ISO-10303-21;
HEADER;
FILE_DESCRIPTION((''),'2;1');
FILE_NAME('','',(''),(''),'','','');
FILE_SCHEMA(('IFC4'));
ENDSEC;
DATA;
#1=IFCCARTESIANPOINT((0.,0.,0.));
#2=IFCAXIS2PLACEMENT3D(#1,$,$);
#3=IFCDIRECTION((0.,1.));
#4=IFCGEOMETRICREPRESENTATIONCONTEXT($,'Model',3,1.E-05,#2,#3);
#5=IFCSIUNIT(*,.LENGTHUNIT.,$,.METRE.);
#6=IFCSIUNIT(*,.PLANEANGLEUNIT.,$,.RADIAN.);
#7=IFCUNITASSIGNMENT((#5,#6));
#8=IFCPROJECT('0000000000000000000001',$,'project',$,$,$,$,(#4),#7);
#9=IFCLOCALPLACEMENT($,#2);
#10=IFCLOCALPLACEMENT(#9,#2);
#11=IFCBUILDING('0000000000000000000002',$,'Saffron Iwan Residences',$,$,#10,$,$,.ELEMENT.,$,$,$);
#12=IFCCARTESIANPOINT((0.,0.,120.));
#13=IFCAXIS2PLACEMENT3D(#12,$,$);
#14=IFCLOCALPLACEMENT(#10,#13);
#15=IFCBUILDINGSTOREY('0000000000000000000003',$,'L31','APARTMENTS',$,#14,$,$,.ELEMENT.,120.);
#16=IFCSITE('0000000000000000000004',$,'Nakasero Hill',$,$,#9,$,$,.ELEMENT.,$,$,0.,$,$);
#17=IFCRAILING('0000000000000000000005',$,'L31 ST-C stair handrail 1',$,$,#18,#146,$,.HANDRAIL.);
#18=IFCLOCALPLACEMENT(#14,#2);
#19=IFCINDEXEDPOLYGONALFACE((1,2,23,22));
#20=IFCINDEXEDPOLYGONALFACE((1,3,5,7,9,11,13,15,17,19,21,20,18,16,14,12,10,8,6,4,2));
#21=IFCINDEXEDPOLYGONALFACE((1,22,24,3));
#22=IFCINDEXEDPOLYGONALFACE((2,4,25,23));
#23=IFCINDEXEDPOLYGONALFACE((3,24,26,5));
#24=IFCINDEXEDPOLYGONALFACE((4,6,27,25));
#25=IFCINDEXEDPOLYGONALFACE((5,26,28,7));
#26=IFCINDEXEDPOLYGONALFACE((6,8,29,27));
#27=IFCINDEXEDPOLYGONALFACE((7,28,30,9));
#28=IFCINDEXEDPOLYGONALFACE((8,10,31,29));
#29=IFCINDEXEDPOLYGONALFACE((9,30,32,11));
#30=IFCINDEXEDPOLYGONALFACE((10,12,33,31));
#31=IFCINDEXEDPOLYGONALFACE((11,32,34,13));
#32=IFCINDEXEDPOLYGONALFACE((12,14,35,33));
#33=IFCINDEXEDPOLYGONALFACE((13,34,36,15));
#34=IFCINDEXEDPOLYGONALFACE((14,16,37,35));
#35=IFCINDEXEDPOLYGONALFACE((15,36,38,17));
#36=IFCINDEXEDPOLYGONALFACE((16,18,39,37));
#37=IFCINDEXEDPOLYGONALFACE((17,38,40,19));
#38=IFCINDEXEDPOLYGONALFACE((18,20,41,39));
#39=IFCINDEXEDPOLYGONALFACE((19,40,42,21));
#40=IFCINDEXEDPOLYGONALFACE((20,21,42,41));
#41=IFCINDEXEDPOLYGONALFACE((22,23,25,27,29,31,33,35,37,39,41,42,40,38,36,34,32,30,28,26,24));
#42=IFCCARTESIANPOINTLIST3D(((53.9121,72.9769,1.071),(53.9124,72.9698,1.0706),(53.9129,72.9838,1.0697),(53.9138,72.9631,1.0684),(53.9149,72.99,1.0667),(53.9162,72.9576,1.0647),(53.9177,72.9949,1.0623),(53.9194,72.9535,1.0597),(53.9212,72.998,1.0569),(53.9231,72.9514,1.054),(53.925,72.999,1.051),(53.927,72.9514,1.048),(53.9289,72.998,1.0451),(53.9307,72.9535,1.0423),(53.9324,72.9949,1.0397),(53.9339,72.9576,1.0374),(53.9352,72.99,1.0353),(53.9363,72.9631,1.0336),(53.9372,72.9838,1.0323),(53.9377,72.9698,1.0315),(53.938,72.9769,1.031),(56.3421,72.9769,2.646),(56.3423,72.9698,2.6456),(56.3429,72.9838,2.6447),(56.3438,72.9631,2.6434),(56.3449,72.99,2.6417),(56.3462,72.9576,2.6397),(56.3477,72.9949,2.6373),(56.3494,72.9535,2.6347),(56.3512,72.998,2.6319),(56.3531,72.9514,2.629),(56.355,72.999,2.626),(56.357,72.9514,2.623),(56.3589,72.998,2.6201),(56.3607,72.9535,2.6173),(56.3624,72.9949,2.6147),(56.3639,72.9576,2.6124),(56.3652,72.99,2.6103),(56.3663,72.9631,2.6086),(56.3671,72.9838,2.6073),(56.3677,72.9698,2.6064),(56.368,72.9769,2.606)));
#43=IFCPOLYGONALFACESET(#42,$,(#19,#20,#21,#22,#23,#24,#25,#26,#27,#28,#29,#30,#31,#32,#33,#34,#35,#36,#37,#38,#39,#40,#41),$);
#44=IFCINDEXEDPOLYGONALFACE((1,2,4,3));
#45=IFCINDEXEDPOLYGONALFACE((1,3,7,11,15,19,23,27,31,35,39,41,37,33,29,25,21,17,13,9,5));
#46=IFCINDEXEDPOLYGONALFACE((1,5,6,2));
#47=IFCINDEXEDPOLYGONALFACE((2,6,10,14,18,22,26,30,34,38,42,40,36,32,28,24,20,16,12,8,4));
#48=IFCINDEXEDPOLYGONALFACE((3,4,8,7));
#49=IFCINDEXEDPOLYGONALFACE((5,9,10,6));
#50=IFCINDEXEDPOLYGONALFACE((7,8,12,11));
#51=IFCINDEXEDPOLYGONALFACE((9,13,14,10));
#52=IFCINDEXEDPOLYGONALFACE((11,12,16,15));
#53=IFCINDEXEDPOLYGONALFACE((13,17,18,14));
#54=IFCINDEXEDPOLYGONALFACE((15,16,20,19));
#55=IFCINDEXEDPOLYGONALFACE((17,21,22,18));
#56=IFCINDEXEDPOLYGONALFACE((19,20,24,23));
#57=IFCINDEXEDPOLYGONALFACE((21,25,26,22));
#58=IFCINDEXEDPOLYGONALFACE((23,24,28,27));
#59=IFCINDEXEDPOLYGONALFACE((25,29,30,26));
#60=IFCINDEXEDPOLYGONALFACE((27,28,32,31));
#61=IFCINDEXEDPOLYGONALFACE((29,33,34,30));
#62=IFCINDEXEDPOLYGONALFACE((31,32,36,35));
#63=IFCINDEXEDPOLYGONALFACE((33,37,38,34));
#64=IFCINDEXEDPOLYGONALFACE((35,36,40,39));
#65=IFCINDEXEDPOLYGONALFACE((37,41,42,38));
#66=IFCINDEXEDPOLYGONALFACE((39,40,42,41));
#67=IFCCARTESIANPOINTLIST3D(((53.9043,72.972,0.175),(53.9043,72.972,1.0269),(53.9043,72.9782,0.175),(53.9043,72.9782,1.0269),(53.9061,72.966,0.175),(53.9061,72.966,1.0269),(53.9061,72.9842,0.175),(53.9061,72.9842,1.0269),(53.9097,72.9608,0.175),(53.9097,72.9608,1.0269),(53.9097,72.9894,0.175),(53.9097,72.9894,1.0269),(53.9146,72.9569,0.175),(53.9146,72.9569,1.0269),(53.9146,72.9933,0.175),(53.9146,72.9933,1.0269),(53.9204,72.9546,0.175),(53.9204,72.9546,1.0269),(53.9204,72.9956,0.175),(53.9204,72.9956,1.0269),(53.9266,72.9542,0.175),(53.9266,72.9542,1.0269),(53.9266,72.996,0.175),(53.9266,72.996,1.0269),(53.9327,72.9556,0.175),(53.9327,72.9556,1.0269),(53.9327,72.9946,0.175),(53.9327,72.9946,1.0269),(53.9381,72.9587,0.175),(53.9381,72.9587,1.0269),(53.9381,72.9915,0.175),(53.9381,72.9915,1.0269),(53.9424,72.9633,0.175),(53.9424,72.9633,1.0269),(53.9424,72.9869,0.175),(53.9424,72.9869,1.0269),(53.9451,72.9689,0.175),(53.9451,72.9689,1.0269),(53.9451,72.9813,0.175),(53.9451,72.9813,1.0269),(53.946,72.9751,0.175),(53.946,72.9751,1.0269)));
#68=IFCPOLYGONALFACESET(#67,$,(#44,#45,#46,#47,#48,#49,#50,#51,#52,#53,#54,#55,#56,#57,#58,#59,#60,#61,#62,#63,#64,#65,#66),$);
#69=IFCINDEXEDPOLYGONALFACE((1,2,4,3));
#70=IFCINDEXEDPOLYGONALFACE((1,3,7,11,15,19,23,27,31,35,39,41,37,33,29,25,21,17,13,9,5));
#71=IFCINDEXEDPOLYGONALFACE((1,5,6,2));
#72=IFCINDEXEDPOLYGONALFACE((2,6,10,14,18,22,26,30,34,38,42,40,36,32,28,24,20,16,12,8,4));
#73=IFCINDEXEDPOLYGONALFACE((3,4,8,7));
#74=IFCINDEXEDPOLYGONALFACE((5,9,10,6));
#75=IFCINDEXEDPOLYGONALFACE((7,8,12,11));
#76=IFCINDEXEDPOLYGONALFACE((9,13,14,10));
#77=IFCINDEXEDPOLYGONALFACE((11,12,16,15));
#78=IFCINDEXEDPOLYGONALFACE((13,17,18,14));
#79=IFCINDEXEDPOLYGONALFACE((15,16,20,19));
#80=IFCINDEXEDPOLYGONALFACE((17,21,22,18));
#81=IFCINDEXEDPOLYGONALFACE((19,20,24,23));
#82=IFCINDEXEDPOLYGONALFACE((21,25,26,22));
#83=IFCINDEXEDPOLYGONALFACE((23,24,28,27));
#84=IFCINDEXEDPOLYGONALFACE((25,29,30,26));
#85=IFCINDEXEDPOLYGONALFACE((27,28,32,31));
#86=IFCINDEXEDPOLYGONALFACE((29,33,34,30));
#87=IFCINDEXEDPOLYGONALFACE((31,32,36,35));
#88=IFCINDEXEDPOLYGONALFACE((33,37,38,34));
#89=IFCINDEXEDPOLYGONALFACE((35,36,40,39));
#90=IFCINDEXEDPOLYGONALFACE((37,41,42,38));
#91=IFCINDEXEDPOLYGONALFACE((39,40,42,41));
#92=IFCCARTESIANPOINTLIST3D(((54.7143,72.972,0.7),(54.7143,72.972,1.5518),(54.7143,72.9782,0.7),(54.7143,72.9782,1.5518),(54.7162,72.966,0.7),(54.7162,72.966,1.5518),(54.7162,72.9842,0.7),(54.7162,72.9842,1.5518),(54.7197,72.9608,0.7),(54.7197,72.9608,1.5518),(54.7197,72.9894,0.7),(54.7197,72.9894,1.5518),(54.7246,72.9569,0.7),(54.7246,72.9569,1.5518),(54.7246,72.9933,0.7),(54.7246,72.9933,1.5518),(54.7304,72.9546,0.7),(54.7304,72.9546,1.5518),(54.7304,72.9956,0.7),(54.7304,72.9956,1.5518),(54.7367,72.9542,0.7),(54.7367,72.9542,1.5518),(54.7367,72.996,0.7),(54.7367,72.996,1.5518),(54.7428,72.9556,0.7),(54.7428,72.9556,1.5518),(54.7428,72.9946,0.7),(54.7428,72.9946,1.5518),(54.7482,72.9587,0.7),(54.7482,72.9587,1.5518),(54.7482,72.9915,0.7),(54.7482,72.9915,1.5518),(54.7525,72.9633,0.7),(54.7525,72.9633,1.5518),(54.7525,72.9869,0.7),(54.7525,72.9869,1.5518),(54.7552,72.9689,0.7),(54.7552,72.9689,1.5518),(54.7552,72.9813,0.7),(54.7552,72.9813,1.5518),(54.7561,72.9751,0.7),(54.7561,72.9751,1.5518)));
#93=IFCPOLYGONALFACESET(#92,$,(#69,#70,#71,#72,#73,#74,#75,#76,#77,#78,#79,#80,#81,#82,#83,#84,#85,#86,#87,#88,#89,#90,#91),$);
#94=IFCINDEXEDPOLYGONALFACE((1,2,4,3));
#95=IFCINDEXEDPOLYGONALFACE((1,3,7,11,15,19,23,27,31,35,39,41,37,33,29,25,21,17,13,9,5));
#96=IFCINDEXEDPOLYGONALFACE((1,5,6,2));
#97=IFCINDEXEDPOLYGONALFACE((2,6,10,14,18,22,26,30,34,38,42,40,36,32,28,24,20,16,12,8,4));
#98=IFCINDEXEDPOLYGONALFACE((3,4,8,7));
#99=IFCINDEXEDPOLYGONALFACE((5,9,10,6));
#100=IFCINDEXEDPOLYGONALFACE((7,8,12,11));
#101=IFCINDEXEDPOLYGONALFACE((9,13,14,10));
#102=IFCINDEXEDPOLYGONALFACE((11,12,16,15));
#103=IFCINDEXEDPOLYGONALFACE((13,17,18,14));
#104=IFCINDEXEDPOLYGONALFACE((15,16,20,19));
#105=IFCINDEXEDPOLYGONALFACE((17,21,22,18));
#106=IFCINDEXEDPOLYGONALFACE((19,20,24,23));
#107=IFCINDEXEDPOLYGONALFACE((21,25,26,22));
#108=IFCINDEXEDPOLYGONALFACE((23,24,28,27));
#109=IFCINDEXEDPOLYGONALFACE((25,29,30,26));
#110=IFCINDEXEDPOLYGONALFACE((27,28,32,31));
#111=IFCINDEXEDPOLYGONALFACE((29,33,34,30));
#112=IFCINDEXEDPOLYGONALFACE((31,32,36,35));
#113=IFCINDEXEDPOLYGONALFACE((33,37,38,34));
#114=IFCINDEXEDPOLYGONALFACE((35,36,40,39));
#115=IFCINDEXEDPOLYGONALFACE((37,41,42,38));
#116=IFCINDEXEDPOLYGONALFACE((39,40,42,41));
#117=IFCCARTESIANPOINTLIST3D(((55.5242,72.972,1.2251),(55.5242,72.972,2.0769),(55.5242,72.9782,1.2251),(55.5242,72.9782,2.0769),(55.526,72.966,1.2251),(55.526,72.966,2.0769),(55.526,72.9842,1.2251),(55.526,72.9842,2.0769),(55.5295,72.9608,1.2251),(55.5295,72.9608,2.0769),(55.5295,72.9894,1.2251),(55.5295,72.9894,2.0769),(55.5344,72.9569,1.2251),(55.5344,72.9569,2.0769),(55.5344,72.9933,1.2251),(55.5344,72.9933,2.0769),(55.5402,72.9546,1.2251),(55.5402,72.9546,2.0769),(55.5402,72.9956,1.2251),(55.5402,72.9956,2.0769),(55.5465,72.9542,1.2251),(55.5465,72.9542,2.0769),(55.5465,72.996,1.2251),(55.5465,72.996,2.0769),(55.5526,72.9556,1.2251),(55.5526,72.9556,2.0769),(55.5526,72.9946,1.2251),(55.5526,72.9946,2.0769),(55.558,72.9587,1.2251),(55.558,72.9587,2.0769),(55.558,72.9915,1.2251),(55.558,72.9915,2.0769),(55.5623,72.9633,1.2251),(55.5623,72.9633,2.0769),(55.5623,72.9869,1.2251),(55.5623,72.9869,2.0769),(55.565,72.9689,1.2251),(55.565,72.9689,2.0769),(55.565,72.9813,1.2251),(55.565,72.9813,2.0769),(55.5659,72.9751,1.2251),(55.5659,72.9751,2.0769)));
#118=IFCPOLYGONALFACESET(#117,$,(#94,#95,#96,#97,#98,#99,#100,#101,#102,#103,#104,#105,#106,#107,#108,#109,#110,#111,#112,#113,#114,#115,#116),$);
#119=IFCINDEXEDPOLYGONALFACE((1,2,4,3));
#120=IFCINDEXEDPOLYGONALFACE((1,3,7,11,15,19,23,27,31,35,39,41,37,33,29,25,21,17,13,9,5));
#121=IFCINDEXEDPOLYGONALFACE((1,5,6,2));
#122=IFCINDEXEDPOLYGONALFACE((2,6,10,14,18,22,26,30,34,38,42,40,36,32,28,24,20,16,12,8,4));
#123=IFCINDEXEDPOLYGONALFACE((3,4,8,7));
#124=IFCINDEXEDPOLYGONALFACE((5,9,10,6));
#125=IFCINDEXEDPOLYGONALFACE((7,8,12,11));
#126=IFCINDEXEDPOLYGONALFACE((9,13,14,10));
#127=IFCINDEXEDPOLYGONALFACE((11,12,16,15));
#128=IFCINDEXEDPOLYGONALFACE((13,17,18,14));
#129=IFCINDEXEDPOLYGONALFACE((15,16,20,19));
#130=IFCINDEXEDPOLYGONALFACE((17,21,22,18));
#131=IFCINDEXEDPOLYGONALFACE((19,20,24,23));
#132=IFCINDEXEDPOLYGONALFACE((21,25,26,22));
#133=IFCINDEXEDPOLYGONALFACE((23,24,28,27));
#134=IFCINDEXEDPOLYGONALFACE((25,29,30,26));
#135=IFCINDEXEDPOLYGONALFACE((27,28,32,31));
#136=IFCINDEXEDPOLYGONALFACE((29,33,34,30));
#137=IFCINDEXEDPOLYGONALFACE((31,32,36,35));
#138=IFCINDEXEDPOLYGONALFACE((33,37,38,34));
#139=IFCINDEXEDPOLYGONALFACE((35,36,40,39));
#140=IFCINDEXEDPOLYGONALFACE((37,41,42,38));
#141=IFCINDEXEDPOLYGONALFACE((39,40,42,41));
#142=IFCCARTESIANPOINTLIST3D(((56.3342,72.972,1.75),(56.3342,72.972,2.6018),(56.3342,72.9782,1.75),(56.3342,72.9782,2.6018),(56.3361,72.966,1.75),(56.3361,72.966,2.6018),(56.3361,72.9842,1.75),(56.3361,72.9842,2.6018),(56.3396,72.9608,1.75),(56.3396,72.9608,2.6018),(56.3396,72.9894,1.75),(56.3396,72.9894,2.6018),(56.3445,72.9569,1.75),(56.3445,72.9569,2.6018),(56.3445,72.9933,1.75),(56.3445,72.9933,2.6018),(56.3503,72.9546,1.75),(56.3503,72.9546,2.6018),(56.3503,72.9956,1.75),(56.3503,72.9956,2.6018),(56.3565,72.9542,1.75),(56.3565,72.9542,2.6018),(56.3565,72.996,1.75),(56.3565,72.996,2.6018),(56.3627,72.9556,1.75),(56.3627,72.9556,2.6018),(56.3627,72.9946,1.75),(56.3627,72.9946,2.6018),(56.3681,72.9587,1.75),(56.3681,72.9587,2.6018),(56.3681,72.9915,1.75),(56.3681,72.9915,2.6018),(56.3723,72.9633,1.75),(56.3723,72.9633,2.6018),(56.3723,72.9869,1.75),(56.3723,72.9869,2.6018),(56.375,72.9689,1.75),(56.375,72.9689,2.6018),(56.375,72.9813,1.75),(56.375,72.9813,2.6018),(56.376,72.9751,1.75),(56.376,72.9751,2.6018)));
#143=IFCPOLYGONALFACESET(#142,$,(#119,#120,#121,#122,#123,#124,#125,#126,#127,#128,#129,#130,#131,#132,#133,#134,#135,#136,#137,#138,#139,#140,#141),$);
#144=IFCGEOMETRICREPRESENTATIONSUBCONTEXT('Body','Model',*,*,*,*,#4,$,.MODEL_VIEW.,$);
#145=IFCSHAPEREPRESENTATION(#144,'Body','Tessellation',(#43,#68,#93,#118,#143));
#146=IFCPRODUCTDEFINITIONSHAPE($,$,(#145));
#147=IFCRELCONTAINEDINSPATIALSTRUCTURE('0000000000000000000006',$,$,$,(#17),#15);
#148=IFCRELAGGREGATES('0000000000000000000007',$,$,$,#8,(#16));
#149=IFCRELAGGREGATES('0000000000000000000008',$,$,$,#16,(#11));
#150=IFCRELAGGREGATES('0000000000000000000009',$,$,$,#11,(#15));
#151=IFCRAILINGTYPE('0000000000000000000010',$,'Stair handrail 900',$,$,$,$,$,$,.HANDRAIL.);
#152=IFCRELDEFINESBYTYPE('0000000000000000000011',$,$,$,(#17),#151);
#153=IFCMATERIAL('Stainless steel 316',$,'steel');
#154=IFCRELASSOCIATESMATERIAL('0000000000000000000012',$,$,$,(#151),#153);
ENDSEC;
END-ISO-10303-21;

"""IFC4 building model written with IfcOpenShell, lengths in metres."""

from ifc_helpers import new_model, si_unit, direction, frame, origin, origin_2d, place, context, subcontext, project, spatial, circle, extrude, material, type_object, element, save


model = new_model("IFC4")

# Units and contexts
model_context = context("Model", 3, precision=1e-05, world=origin(), true_north=direction((0.0, 1.0)))
body_context = subcontext(model_context, "Body", "Model", "MODEL_VIEW")
ifc_project = project(units=[si_unit("LENGTHUNIT", "METRE"), si_unit("PLANEANGLEUNIT", "RADIAN")], contexts=[model_context])

# Site, building, storey
site_placement = place(None, origin())
site = spatial("IfcSite", under=ifc_project, at=site_placement, Name="Nakasero Hill", CompositionType="ELEMENT", RefElevation=0.0)
building_placement = place(site_placement, origin())
building = spatial("IfcBuilding", under=site, at=building_placement, Name="Saffron Iwan Residences", CompositionType="ELEMENT")
storey_placement = place(building_placement, frame((0.0, 0.0, 120.0)))
storey = spatial("IfcBuildingStorey", under=building, at=storey_placement, Name="L31", Description="APARTMENTS", CompositionType="ELEMENT", Elevation=120.0)

# Railing
ifc_material_1 = material(Name="Stainless steel 316", Category="steel")
railing_type_1 = type_object("IfcRailingType", Name="Stair handrail 900", PredefinedType="HANDRAIL", material=ifc_material_1)
railing_1_placement = place(storey_placement, frame((53.925, 72.9751, 0.175)))
element("IfcRailing", 1, at=railing_1_placement, inside=storey, type_object=railing_type_1, Name="L31 ST-C stair handrail 1", PredefinedType="HANDRAIL", context=body_context, shape_type="SweptSolid", body=[
    extrude(circle(Radius=0.0239, at=origin_2d()), frame((0.0, 0.0, 0.876), z_axis=(0.839154, 0.0, 0.543894), x_axis=(0.0, 1.0, 0.0)), (0.0, 0.0, 1.0), 2.8958),
    extrude(circle(Radius=0.021, at=origin_2d()), origin(), (0.0, 0.0, 1.0), 0.8518),
    extrude(circle(Radius=0.021, at=origin_2d()), frame((0.8101, 0.0, 0.5249)), (0.0, 0.0, 1.0), 0.8518),
    extrude(circle(Radius=0.021, at=origin_2d()), frame((1.6199, 0.0, 1.05)), (0.0, 0.0, 1.0), 0.8518),
    extrude(circle(Radius=0.021, at=origin_2d()), frame((2.4299, 0.0, 1.575)), (0.0, 0.0, 1.0), 0.8518),
])

save(model, "model.ifc")
